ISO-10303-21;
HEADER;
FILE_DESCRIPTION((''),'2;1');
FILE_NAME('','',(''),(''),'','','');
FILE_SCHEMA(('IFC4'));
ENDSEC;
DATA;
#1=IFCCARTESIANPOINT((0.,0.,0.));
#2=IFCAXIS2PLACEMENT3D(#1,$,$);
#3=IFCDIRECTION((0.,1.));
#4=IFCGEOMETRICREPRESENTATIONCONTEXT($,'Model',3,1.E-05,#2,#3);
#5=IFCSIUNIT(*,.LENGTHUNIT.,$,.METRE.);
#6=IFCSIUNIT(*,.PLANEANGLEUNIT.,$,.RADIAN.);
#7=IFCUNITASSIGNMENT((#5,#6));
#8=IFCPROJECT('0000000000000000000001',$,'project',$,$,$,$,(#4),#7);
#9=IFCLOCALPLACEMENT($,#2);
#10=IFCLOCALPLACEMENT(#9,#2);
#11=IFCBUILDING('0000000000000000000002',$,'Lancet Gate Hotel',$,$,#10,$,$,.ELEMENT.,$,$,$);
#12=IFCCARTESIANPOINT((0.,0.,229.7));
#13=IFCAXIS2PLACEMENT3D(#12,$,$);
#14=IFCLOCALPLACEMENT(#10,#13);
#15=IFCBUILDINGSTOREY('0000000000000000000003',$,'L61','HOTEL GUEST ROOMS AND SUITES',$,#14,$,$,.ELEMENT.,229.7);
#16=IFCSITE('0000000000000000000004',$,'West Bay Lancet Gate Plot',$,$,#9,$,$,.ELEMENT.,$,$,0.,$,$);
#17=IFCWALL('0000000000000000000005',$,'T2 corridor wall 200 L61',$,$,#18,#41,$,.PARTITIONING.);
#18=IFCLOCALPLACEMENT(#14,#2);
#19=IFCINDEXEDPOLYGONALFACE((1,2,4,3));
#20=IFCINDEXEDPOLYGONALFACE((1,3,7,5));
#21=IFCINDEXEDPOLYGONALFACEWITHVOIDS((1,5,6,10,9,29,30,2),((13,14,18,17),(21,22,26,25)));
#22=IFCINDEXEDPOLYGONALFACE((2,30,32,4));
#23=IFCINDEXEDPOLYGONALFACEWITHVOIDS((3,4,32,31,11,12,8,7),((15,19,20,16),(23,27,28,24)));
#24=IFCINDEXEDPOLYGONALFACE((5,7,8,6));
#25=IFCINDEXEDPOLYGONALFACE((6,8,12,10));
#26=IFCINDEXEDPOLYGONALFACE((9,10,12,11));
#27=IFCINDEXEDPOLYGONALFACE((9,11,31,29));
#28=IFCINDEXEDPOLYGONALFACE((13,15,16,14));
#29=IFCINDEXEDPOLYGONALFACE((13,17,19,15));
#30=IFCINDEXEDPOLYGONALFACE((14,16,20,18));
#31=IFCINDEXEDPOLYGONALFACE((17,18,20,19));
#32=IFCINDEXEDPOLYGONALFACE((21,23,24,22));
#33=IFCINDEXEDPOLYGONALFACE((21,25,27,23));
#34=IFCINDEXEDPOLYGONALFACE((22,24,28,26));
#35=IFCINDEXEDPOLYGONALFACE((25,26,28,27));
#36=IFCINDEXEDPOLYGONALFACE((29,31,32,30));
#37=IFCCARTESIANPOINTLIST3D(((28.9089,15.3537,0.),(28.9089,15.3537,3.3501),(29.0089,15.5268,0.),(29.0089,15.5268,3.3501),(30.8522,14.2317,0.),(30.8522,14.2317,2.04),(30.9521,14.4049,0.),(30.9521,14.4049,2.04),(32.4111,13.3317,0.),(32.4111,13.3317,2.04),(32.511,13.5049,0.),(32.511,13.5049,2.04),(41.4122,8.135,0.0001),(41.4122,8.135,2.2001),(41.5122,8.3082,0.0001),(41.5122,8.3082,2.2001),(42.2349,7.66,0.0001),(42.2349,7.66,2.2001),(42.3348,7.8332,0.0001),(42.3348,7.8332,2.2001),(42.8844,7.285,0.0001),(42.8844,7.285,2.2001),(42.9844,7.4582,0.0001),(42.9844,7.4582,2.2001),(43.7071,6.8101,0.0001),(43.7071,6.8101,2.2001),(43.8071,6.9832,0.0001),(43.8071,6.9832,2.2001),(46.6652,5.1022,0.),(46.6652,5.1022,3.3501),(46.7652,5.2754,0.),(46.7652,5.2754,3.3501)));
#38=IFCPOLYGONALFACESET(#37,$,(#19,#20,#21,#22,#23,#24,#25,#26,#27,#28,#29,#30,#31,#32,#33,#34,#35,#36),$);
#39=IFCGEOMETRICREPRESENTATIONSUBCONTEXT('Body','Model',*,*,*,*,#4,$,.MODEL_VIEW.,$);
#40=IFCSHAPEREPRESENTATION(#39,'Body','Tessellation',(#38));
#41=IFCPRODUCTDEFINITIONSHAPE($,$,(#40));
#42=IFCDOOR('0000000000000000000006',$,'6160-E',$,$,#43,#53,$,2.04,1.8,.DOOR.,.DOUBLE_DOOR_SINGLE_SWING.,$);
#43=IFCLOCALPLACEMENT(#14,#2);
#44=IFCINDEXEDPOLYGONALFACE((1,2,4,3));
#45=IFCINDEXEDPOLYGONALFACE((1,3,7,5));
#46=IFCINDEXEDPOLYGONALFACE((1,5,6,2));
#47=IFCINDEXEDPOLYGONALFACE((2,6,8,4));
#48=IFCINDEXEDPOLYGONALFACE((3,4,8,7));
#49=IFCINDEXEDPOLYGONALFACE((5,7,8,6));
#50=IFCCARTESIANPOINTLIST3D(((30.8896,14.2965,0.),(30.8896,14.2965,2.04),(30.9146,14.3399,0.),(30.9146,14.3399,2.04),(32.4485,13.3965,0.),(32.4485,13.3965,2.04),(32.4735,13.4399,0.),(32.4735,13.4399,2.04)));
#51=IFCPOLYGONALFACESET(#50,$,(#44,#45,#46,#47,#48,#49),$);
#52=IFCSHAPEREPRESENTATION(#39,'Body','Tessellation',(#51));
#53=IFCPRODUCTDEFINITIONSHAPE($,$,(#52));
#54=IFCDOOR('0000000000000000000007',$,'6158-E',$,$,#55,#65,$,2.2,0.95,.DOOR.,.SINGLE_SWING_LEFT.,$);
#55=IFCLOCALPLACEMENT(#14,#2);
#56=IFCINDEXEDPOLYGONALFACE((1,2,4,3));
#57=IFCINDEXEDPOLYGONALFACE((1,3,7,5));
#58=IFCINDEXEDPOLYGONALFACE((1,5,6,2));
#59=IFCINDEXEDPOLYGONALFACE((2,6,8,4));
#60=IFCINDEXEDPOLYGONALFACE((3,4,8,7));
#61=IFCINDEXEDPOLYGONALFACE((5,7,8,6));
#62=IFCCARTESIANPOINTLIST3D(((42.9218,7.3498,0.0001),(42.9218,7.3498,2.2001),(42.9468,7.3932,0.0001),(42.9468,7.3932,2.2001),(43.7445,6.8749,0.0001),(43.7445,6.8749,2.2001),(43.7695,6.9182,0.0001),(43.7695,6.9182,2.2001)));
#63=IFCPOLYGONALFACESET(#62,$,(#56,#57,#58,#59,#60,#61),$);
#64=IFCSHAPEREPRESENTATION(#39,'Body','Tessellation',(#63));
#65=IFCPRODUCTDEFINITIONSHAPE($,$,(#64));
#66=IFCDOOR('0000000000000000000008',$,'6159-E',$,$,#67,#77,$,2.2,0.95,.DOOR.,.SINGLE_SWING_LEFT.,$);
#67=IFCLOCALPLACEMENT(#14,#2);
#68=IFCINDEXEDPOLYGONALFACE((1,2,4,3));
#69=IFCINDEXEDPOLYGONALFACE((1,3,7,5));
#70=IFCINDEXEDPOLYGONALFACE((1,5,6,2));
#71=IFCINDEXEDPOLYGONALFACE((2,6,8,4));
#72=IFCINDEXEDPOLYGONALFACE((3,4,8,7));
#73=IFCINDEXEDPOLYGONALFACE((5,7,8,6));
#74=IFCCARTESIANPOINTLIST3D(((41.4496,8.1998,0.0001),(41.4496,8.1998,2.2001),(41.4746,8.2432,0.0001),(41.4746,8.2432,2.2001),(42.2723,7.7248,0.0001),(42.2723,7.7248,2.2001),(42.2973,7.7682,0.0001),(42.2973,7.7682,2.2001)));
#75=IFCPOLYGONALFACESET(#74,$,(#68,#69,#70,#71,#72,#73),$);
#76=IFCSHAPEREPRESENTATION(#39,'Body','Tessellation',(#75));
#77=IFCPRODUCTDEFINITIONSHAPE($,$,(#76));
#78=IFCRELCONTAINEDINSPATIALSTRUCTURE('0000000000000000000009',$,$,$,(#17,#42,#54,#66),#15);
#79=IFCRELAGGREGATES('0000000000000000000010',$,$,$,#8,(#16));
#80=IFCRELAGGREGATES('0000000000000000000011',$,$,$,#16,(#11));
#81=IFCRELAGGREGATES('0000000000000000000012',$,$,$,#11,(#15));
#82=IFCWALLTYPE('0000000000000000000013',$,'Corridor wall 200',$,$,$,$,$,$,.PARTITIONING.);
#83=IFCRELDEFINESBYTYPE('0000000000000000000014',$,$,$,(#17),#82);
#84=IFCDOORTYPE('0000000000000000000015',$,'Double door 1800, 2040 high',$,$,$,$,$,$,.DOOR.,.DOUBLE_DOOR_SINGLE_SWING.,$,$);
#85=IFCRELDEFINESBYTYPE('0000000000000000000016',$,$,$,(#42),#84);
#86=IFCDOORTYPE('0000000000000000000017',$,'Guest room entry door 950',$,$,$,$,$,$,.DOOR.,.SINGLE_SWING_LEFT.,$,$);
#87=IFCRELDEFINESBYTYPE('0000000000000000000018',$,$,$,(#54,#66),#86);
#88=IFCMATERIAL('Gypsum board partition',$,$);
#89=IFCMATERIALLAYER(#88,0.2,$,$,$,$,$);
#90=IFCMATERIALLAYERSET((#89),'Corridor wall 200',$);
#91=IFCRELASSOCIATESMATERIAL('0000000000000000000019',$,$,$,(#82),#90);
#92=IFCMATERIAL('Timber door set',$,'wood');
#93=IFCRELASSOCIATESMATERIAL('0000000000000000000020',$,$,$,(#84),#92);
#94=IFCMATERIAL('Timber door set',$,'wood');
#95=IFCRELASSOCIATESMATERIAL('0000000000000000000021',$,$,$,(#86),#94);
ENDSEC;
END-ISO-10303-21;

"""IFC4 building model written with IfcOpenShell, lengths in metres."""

from ifc_helpers import new_model, si_unit, direction, frame, frame_2d, origin, place, context, subcontext, project, spatial, rectangle, extrude, material, layer, layer_set, type_object, element, fill, save


model = new_model("IFC4")

# Units and contexts
model_context = context("Model", 3, precision=1e-05, world=origin(), true_north=direction((0.0, 1.0)))
body_context = subcontext(model_context, "Body", "Model", "MODEL_VIEW")
ifc_project = project(units=[si_unit("LENGTHUNIT", "METRE"), si_unit("PLANEANGLEUNIT", "RADIAN")], contexts=[model_context])

# Site, building, storey
site_placement = place(None, origin())
site = spatial("IfcSite", under=ifc_project, at=site_placement, Name="West Bay Lancet Gate Plot", CompositionType="ELEMENT", RefElevation=0.0)
building_placement = place(site_placement, origin())
building = spatial("IfcBuilding", under=site, at=building_placement, Name="Lancet Gate Hotel", CompositionType="ELEMENT")
storey_placement = place(building_placement, frame((0.0, 0.0, 229.7)))
storey = spatial("IfcBuildingStorey", under=building, at=storey_placement, Name="L61", Description="HOTEL GUEST ROOMS AND SUITES", CompositionType="ELEMENT", Elevation=229.7)

# Wall, openings, doors
ifc_material_1 = material(Name="Gypsum board partition")
ifc_layer_1 = layer(ifc_material_1, 0.2)
ifc_layer_set_1 = layer_set([ifc_layer_1], Name="Corridor wall 200")
wall_type_1 = type_object("IfcWallType", Name="Corridor wall 200", PredefinedType="PARTITIONING", material=ifc_layer_set_1)
wall_1_placement = place(storey_placement, frame((28.959, 15.4402, 0.0), z_axis=(0.0, 0.0, 1.0), x_axis=(0.866029, -0.499994, 0.0)))
wall_1 = element("IfcWall", 1, at=wall_1_placement, inside=storey, type_object=wall_type_1, Name="T2 corridor wall 200 L61", PredefinedType="PARTITIONING", context=body_context, shape_type="SweptSolid", body=[
    extrude(rectangle(XDim=20.5032, YDim=0.2, at=frame_2d((10.2515, 0.0))), origin(), (0.0, 0.0, 1.0), 3.3501),
])
opening_1_placement = place(wall_1_placement, frame((16.1372, 0.0, 0.0)))
opening_1 = element("IfcOpeningElement", 2, at=opening_1_placement, cuts=wall_1, PredefinedType="OPENING", context=body_context, shape_type="SweptSolid", body=[
    extrude(rectangle(XDim=0.95, YDim=2.2, at=frame_2d((0.4751, 1.1001))), frame((0.0, 0.1099, 0.0), z_axis=(0.0, -1.0, 0.0), x_axis=(1.0, 0.0, 0.0)), (0.0, 0.0, 1.0), 0.22),
])
opening_2_placement = place(wall_1_placement, frame((14.4373, 0.0, 0.0)))
opening_2 = element("IfcOpeningElement", 3, at=opening_2_placement, cuts=wall_1, PredefinedType="OPENING", context=body_context, shape_type="SweptSolid", body=[
    extrude(rectangle(XDim=0.95, YDim=2.2, at=frame_2d((0.4751, 1.1001))), frame((0.0, 0.1099, 0.0), z_axis=(0.0, -1.0, 0.0), x_axis=(1.0, 0.0, 0.0)), (0.0, 0.0, 1.0), 0.22),
])
opening_3_placement = place(wall_1_placement, frame((2.2439, 0.0, 0.0)))
opening_3 = element("IfcOpeningElement", 4, at=opening_3_placement, cuts=wall_1, PredefinedType="OPENING", context=body_context, shape_type="SweptSolid", body=[
    extrude(rectangle(XDim=1.8, YDim=2.04, at=frame_2d((0.8999, 1.02))), frame((0.0, 0.1099, 0.0), z_axis=(0.0, -1.0, 0.0), x_axis=(1.0, 0.0, 0.0)), (0.0, 0.0, 1.0), 0.22),
])
ifc_material_2 = material(Name="Timber door set", Category="wood")
door_type_1 = type_object("IfcDoorType", Name="Double door 1800, 2040 high", OperationType="DOUBLE_DOOR_SINGLE_SWING", PredefinedType="DOOR", material=ifc_material_2)
door_1_placement = place(opening_3_placement, origin())
door_1 = element("IfcDoor", 5, at=door_1_placement, inside=storey, type_object=door_type_1, Name="6160-E", OperationType="DOUBLE_DOOR_SINGLE_SWING", OverallHeight=2.04, OverallWidth=1.8, PredefinedType="DOOR", context=body_context, shape_type="SweptSolid", body=[
    extrude(rectangle(XDim=1.8, YDim=2.04, at=frame_2d((0.8999, 1.02))), frame((0.0, 0.0249, 0.0), z_axis=(0.0, -1.0, 0.0), x_axis=(1.0, 0.0, 0.0)), (0.0, 0.0, 1.0), 0.05),
])
fill(opening_3, door_1)
ifc_material_3 = material(Name="Timber door set", Category="wood")
door_type_2 = type_object("IfcDoorType", Name="Guest room entry door 950", OperationType="SINGLE_SWING_LEFT", PredefinedType="DOOR", material=ifc_material_3)
door_2_placement = place(opening_1_placement, origin())
door_2 = element("IfcDoor", 6, at=door_2_placement, inside=storey, type_object=door_type_2, Name="6158-E", OperationType="SINGLE_SWING_LEFT", OverallHeight=2.2, OverallWidth=0.95, PredefinedType="DOOR", context=body_context, shape_type="SweptSolid", body=[
    extrude(rectangle(XDim=0.95, YDim=2.2, at=frame_2d((0.4751, 1.1001))), frame((0.0, 0.0249, 0.0), z_axis=(0.0, -1.0, 0.0), x_axis=(1.0, 0.0, 0.0)), (0.0, 0.0, 1.0), 0.05),
])
fill(opening_1, door_2)
door_3_placement = place(opening_2_placement, origin())
door_3 = element("IfcDoor", 7, at=door_3_placement, inside=storey, type_object=door_type_2, Name="6159-E", OperationType="SINGLE_SWING_LEFT", OverallHeight=2.2, OverallWidth=0.95, PredefinedType="DOOR", context=body_context, shape_type="SweptSolid", body=[
    extrude(rectangle(XDim=0.95, YDim=2.2, at=frame_2d((0.4751, 1.1001))), frame((0.0, 0.0249, 0.0), z_axis=(0.0, -1.0, 0.0), x_axis=(1.0, 0.0, 0.0)), (0.0, 0.0, 1.0), 0.05),
])
fill(opening_2, door_3)

save(model, "model.ifc")
